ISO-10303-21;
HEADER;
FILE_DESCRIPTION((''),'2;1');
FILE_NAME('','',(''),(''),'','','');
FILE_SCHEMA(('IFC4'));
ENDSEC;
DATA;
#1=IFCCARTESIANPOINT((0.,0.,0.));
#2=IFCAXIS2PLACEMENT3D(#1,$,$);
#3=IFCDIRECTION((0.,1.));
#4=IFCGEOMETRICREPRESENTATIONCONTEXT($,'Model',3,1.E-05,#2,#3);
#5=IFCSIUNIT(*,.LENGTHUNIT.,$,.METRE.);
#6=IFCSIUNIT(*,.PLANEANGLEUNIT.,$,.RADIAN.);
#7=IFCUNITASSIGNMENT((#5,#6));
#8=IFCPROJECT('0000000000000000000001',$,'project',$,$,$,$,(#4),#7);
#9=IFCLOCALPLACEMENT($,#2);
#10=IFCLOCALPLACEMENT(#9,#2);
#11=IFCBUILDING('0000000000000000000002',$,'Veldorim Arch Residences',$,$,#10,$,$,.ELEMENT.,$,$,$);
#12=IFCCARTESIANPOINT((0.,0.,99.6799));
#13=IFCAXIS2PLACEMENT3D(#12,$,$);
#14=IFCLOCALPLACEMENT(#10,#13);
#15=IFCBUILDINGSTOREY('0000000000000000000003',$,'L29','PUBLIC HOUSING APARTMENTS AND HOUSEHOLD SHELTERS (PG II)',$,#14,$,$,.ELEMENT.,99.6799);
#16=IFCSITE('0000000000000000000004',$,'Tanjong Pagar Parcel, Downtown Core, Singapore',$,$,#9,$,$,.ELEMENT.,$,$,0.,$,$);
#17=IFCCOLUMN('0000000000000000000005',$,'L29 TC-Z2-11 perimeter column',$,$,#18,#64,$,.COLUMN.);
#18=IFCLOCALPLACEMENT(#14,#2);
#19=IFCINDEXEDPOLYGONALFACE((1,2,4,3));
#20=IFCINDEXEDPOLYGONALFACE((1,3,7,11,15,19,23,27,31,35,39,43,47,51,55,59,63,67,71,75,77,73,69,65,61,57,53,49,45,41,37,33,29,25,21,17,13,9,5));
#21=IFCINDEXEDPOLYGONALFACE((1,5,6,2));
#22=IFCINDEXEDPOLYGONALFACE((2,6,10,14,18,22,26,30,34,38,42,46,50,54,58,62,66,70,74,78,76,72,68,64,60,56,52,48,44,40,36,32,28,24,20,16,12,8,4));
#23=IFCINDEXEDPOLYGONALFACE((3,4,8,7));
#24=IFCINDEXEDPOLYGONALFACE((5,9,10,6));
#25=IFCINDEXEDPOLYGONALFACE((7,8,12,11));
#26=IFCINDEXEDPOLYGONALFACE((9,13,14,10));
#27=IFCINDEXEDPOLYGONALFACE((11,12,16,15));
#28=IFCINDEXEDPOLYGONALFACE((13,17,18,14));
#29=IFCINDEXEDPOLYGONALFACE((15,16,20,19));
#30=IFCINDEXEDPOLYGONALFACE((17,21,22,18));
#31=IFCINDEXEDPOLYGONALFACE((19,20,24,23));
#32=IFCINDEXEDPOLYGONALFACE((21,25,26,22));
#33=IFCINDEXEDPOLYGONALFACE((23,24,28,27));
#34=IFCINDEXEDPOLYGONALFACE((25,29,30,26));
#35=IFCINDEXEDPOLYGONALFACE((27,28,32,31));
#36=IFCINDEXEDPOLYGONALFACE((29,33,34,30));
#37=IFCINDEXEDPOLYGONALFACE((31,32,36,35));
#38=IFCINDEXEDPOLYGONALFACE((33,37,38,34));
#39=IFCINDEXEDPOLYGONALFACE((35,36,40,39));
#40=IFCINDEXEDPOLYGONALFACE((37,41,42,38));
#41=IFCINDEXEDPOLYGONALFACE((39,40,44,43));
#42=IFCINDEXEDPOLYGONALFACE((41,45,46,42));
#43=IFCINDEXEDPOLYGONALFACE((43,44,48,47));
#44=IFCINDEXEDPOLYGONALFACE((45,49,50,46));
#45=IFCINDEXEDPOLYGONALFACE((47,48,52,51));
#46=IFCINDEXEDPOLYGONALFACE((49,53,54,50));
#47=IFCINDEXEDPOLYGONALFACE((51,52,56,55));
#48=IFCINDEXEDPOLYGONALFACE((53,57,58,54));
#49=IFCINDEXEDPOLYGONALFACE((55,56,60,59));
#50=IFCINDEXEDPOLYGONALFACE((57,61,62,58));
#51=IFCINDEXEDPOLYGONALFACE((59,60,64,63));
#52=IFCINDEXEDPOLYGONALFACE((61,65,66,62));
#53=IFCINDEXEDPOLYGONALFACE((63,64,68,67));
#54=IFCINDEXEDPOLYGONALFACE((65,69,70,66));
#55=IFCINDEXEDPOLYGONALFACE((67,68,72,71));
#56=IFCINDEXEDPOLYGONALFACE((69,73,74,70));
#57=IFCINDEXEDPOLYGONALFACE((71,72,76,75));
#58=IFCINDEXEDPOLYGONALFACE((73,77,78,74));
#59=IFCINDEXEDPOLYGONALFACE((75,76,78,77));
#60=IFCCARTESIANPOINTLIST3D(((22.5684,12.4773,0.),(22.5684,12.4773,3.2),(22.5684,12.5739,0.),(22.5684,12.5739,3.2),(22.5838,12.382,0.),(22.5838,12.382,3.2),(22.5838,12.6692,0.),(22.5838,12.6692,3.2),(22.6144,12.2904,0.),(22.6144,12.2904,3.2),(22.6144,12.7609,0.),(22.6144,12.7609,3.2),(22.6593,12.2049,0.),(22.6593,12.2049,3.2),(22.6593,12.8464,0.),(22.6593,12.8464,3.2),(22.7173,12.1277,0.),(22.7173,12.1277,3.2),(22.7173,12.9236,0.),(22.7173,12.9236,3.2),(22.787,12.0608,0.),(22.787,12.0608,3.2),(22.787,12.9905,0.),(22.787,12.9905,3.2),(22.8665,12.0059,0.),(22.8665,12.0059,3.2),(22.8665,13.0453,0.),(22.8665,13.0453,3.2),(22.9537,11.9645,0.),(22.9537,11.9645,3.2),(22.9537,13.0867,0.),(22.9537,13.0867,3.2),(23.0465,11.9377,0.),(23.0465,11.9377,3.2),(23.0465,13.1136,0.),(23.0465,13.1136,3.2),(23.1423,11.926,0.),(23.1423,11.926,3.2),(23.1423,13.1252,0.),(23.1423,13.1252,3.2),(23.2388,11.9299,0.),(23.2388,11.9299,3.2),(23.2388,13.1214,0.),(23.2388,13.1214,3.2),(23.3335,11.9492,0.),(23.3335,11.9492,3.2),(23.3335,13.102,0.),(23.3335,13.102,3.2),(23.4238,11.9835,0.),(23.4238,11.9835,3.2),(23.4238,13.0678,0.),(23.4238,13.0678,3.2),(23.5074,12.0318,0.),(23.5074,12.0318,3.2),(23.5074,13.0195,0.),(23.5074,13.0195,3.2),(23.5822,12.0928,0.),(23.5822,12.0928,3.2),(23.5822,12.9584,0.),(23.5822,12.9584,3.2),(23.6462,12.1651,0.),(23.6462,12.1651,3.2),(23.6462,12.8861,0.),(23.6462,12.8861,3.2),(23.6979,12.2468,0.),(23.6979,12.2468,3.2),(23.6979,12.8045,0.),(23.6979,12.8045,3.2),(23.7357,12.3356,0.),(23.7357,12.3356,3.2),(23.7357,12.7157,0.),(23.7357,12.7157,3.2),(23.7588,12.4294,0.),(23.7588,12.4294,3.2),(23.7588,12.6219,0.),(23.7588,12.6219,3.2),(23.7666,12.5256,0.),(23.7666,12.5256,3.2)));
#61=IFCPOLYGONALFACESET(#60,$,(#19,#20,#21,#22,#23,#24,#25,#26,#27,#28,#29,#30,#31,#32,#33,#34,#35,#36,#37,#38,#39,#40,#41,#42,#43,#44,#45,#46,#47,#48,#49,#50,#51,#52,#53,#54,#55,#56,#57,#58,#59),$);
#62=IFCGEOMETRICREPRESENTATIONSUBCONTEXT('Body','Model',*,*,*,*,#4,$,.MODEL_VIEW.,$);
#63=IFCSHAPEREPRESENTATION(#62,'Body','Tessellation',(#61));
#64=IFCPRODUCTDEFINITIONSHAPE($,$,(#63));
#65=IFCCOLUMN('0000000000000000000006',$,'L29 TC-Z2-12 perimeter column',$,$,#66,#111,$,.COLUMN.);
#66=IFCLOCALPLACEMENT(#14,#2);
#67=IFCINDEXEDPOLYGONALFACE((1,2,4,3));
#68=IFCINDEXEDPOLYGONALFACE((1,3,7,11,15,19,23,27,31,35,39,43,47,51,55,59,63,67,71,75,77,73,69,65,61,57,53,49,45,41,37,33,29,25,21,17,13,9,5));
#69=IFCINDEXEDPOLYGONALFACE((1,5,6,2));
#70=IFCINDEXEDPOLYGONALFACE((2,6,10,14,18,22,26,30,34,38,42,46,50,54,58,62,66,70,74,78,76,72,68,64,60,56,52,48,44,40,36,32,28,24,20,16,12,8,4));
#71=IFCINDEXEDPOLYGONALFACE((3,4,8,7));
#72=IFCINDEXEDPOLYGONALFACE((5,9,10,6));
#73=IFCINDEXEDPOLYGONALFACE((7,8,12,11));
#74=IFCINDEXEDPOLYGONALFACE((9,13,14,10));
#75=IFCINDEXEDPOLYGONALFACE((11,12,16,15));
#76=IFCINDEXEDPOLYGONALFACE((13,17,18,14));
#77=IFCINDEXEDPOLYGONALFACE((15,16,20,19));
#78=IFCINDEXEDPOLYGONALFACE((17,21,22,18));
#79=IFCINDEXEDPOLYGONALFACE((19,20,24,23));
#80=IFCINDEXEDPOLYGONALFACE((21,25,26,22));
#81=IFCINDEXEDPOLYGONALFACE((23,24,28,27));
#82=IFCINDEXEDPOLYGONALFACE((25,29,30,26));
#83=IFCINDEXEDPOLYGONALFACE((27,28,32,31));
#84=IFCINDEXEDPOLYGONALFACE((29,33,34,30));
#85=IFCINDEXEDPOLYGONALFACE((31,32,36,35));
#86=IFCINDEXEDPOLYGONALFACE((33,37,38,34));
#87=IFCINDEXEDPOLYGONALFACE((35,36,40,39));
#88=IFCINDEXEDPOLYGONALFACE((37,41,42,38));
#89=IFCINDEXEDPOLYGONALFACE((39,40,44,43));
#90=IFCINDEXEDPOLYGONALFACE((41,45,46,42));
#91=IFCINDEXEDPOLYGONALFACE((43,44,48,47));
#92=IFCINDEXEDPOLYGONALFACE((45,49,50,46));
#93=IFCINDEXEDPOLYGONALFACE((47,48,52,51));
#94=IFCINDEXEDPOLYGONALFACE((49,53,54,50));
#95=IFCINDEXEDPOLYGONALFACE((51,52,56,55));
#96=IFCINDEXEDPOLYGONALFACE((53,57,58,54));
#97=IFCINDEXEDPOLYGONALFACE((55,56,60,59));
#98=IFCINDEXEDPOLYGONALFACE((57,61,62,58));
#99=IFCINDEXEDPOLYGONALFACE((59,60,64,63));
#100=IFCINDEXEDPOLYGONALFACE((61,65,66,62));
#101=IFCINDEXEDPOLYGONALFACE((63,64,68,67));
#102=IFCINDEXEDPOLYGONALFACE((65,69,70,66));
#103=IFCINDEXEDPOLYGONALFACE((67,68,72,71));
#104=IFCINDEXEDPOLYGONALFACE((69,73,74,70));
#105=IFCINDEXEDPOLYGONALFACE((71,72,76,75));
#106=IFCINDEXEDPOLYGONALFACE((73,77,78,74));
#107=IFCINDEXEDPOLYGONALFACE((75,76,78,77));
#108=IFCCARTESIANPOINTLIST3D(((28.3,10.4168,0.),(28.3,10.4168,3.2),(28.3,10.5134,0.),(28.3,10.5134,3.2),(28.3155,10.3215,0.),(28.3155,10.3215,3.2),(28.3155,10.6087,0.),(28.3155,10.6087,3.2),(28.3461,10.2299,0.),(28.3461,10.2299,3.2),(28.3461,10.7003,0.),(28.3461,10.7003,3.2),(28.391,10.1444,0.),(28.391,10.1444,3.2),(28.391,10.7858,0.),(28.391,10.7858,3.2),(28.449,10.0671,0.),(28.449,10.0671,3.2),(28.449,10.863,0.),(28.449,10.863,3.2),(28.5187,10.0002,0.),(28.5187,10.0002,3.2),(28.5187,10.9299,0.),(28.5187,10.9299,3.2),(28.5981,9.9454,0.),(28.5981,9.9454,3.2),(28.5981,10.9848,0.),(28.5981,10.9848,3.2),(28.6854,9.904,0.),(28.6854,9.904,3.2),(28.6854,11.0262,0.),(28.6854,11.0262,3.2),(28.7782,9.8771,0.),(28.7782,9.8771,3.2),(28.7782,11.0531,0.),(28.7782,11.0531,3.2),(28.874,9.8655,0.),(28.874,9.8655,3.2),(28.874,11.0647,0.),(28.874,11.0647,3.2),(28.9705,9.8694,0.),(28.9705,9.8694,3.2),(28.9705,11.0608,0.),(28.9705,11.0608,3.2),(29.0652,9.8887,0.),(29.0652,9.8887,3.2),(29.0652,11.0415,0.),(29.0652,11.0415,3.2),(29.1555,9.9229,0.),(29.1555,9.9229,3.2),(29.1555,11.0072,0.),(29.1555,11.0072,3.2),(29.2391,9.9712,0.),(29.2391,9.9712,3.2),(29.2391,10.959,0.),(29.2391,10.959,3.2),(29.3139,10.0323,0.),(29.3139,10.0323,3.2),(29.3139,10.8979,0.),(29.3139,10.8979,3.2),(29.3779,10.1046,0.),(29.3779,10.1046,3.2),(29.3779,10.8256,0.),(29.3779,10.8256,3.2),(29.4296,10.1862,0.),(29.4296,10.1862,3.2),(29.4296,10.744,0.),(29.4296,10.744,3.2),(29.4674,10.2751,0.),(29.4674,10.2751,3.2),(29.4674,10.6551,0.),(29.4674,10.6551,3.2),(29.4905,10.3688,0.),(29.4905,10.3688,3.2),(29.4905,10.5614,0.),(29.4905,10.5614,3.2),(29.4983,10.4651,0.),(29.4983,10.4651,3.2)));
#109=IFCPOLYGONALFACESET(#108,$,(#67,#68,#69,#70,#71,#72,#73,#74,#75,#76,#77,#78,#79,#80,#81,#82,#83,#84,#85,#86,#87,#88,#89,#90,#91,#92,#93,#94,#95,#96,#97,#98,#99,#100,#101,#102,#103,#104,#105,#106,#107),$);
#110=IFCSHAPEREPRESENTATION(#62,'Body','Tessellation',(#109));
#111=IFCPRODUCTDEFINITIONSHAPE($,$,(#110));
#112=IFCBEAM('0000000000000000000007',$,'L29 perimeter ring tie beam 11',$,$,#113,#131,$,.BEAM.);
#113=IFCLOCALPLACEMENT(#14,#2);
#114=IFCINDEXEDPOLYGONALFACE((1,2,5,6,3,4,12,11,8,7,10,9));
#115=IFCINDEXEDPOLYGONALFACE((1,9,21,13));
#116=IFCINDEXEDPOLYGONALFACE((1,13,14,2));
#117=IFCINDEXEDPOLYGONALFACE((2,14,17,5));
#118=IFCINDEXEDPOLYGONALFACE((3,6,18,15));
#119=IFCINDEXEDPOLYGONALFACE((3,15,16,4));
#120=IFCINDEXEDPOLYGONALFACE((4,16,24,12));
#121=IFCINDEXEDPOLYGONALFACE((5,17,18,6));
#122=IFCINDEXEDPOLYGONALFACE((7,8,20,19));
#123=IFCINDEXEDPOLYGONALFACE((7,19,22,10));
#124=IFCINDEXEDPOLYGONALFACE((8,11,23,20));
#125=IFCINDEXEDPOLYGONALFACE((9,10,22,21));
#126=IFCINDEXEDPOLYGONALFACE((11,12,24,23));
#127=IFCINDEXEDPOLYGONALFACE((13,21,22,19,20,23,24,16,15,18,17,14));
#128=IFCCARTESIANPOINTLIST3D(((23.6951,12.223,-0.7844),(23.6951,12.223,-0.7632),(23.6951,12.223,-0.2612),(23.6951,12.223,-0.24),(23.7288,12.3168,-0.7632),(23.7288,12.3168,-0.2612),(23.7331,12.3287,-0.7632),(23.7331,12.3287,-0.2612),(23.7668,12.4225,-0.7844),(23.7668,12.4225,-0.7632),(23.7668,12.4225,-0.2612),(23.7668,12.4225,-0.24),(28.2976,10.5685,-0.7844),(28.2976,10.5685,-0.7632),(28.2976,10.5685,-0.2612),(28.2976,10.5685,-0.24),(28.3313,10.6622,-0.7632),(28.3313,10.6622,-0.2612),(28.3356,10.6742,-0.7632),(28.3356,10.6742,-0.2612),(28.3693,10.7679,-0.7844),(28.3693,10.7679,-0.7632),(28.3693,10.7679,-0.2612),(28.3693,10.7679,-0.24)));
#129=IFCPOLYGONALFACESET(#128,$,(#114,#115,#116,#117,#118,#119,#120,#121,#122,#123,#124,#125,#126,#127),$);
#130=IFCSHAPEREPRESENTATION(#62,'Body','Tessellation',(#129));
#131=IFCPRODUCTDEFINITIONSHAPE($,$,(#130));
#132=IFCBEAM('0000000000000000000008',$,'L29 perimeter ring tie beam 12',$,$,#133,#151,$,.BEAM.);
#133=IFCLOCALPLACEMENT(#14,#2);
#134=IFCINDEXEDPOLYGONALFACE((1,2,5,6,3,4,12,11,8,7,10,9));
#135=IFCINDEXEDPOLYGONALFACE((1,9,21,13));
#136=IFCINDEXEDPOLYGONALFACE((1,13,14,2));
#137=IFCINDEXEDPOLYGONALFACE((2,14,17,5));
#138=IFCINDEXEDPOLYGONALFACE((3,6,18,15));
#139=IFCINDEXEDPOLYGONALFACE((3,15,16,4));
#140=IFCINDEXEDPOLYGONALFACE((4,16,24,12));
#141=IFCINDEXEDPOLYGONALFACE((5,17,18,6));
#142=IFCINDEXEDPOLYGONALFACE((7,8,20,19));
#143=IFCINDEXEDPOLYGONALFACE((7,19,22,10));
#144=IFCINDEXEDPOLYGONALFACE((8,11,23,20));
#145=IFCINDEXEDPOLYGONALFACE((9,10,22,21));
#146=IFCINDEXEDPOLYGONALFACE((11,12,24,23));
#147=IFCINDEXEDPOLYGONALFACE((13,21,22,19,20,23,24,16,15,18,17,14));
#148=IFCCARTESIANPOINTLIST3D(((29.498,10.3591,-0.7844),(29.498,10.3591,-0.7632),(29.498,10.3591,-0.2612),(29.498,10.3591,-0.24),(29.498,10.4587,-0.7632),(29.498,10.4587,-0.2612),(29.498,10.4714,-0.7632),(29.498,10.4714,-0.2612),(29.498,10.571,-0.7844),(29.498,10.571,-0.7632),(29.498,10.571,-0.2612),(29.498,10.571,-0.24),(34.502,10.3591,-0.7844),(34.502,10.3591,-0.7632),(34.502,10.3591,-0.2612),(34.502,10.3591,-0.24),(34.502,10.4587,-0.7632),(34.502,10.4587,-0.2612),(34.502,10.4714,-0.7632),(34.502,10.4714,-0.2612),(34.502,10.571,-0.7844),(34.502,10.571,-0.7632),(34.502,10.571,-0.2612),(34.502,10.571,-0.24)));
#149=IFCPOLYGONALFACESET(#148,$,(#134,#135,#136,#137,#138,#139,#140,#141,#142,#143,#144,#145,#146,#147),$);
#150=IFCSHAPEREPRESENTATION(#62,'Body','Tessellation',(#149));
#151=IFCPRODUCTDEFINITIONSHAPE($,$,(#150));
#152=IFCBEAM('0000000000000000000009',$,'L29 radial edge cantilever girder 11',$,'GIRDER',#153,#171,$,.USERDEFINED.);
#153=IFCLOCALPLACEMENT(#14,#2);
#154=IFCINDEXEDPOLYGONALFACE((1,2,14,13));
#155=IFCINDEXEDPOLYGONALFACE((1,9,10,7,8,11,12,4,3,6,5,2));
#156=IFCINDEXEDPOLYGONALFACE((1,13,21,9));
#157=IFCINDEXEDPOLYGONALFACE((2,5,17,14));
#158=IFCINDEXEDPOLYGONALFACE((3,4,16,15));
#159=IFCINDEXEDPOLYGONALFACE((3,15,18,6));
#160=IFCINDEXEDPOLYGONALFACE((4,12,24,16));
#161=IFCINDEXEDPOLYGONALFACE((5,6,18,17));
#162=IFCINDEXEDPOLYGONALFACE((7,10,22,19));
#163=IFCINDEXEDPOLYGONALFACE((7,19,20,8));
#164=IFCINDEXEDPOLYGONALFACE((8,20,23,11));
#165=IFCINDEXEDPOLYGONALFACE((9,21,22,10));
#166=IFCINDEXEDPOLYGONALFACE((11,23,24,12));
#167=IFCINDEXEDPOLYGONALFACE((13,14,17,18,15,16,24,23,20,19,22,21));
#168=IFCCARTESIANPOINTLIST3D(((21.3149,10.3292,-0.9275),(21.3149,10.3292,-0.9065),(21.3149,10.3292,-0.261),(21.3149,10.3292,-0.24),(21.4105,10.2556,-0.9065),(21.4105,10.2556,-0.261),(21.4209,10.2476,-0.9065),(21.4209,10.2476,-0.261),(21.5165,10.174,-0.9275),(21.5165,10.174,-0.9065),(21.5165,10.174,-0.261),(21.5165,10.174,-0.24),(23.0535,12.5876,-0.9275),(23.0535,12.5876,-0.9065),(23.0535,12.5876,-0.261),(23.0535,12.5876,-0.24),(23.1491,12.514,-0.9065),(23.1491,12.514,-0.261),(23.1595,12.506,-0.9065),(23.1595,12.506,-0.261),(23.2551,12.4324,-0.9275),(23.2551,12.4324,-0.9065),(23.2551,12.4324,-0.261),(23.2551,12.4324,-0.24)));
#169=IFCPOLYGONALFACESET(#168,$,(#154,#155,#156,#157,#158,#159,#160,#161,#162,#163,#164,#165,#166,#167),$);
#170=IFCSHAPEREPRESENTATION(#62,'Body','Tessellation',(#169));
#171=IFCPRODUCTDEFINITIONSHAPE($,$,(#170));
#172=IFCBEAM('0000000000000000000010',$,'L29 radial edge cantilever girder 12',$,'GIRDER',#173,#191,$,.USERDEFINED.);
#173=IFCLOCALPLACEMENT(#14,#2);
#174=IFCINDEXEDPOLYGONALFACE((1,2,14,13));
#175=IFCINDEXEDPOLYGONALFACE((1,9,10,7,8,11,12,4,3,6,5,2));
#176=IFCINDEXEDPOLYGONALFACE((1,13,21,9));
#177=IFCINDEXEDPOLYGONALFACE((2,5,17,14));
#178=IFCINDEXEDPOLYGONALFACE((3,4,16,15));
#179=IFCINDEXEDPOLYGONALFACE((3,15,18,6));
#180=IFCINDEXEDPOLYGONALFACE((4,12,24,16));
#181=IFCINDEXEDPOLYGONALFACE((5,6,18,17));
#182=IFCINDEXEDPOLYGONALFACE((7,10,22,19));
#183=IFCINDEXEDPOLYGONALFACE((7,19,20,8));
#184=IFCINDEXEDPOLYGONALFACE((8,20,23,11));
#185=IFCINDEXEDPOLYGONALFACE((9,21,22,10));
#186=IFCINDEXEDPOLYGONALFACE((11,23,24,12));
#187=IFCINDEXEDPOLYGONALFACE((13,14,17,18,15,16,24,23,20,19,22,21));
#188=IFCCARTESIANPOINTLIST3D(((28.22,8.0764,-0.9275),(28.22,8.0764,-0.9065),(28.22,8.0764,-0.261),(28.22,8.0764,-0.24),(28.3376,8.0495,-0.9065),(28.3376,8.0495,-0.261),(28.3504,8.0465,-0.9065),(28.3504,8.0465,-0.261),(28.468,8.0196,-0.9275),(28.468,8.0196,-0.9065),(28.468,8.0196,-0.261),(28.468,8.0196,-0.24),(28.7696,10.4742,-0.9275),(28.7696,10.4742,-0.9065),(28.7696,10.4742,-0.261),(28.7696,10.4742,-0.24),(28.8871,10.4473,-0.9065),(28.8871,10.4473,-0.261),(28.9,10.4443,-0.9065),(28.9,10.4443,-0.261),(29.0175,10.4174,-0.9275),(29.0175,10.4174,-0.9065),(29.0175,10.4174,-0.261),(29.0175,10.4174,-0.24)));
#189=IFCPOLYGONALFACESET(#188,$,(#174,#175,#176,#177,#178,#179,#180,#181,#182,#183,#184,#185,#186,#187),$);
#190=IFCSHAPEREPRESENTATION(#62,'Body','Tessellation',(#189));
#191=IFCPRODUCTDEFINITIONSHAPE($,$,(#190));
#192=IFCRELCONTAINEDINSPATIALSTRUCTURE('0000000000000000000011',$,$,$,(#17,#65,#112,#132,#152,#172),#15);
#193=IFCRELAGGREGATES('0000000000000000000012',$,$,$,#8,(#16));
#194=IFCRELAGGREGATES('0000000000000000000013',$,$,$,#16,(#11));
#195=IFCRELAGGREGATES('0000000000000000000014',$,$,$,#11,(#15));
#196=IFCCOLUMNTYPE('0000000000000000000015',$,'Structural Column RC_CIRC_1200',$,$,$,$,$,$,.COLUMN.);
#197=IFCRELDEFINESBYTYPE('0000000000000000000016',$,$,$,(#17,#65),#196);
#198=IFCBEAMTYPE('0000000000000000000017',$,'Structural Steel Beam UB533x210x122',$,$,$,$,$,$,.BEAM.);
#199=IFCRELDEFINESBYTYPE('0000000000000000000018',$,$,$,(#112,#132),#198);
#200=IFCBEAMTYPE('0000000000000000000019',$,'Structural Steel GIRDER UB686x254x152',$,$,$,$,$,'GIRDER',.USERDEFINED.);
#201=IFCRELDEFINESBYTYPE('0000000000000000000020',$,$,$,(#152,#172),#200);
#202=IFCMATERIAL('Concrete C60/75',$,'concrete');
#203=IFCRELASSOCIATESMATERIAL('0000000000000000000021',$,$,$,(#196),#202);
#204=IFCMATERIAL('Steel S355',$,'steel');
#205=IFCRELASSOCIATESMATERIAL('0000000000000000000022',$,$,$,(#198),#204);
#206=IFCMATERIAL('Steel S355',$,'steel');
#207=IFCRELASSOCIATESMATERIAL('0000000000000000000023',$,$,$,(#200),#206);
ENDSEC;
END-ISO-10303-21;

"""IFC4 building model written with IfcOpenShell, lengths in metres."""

from ifc_helpers import new_model, si_unit, direction, frame, origin, origin_2d, place, context, subcontext, project, spatial, circle, i_section, extrude, material, material_profile, profile_set, type_object, element, save


model = new_model("IFC4")

# Units and contexts
model_context = context("Model", 3, precision=1e-05, world=origin(), true_north=direction((0.0, 1.0)))
body_context = subcontext(model_context, "Body", "Model", "MODEL_VIEW")
ifc_project = project(units=[si_unit("LENGTHUNIT", "METRE"), si_unit("PLANEANGLEUNIT", "RADIAN")], contexts=[model_context])

# Site, building, storey
site_placement = place(None, origin())
site = spatial("IfcSite", under=ifc_project, at=site_placement, Name="Tanjong Pagar Parcel, Downtown Core, Singapore", CompositionType="ELEMENT", RefElevation=0.0)
building_placement = place(site_placement, origin())
building = spatial("IfcBuilding", under=site, at=building_placement, Name="Veldorim Arch Residences", CompositionType="ELEMENT")
storey_placement = place(building_placement, frame((0.0, 0.0, 99.6799)))
storey = spatial("IfcBuildingStorey", under=building, at=storey_placement, Name="L29", Description="PUBLIC HOUSING APARTMENTS AND HOUSEHOLD SHELTERS (PG II)", CompositionType="ELEMENT", Elevation=99.6799)

# Columns
ifc_material_1 = material(Name="Concrete C60/75", Category="concrete")
ifc_material_profile_1 = material_profile(ifc_material_1, circle(Radius=0.6001, at=origin_2d()), Name="RC_CIRC_1200")
ifc_profile_set_1 = profile_set([ifc_material_profile_1], Name="Concrete C60/75")
column_type = type_object("IfcColumnType", Name="Structural Column RC_CIRC_1200", PredefinedType="COLUMN", material=ifc_profile_set_1)
for number, where, z_axis, x_axis, name in (
    (1, (23.1665, 12.5256, 0.0), (0.0, 0.0, 1.0), (1.0, 0.0, 0.0), "L29 TC-Z2-11 perimeter column"),
    (2, (28.8982, 10.4651, 0.0), (0.0, 0.0, 1.0), (1.0, 0.0, 0.0), "L29 TC-Z2-12 perimeter column"),
):
    element("IfcColumn", number, at=place(storey_placement, frame(where, z_axis=z_axis, x_axis=x_axis)), inside=storey, type_object=column_type, Name=name, PredefinedType="COLUMN", context=body_context, shape_type="SweptSolid", body=[
        extrude(circle(Radius=0.6001, at=origin_2d()), origin(), (0.0, 0.0, 1.0), 3.2),
    ])

# Beams
ifc_material_2 = material(Name="Steel S355", Category="steel")
ifc_material_profile_2 = material_profile(ifc_material_2, i_section(OverallWidth=0.2119, OverallDepth=0.5444, WebThickness=0.0127, FlangeThickness=0.0212, at=origin_2d()), Name="UB533x210x122")
ifc_profile_set_2 = profile_set([ifc_material_profile_2], Name="Steel S355")
beam_type_1 = type_object("IfcBeamType", Name="Structural Steel Beam UB533x210x122", PredefinedType="BEAM", material=ifc_profile_set_2)
beam_1_placement = place(storey_placement, frame((23.731, 12.3228, -0.5122), z_axis=(0.941042, -0.33829, 0.0), x_axis=(0.33829, 0.941042, 0.0)))
element("IfcBeam", 3, at=beam_1_placement, inside=storey, type_object=beam_type_1, Name="L29 perimeter ring tie beam 11", PredefinedType="BEAM", context=body_context, shape_type="SweptSolid", body=[
    extrude(i_section(OverallWidth=0.2119, OverallDepth=0.5444, WebThickness=0.0127, FlangeThickness=0.0212, at=origin_2d()), origin(), (0.0, 0.0, 1.0), 4.8909),
])
beam_2_placement = place(storey_placement, frame((29.498, 10.4651, -0.5122), z_axis=(1.0, 0.0, 0.0), x_axis=(0.0, 1.0, 0.0)))
element("IfcBeam", 4, at=beam_2_placement, inside=storey, type_object=beam_type_1, Name="L29 perimeter ring tie beam 12", PredefinedType="BEAM", context=body_context, shape_type="SweptSolid", body=[
    extrude(i_section(OverallWidth=0.2119, OverallDepth=0.5444, WebThickness=0.0127, FlangeThickness=0.0212, at=origin_2d()), origin(), (0.0, 0.0, 1.0), 5.0039),
])
ifc_material_3 = material(Name="Steel S355", Category="steel")
ifc_material_profile_3 = material_profile(ifc_material_3, i_section(OverallWidth=0.2544, OverallDepth=0.6875, WebThickness=0.0132, FlangeThickness=0.021, at=origin_2d()), Name="UB686x254x152")
ifc_profile_set_3 = profile_set([ifc_material_profile_3], Name="Steel S355")
beam_type_2 = type_object("IfcBeamType", Name="Structural Steel GIRDER UB686x254x152", ElementType="GIRDER", PredefinedType="USERDEFINED", material=ifc_profile_set_3)
beam_3_placement = place(storey_placement, frame((23.1543, 12.51, -0.5837), z_axis=(-0.610013, -0.792391, 0.0), x_axis=(0.792391, -0.610013, 0.0)))
element("IfcBeam", 5, at=beam_3_placement, inside=storey, type_object=beam_type_2, Name="L29 radial edge cantilever girder 11", ObjectType="GIRDER", PredefinedType="USERDEFINED", context=body_context, shape_type="SweptSolid", body=[
    extrude(i_section(OverallWidth=0.2544, OverallDepth=0.6875, WebThickness=0.0132, FlangeThickness=0.021, at=origin_2d()), origin(), (0.0, 0.0, 1.0), 2.8501),
])
beam_4_placement = place(storey_placement, frame((28.8936, 10.4458, -0.5837), z_axis=(-0.22341, -0.974725, 0.0), x_axis=(0.974725, -0.22341, 0.0)))
element("IfcBeam", 6, at=beam_4_placement, inside=storey, type_object=beam_type_2, Name="L29 radial edge cantilever girder 12", ObjectType="GIRDER", PredefinedType="USERDEFINED", context=body_context, shape_type="SweptSolid", body=[
    extrude(i_section(OverallWidth=0.2544, OverallDepth=0.6875, WebThickness=0.0132, FlangeThickness=0.021, at=origin_2d()), origin(), (0.0, 0.0, 1.0), 2.46),
])

save(model, "model.ifc")
